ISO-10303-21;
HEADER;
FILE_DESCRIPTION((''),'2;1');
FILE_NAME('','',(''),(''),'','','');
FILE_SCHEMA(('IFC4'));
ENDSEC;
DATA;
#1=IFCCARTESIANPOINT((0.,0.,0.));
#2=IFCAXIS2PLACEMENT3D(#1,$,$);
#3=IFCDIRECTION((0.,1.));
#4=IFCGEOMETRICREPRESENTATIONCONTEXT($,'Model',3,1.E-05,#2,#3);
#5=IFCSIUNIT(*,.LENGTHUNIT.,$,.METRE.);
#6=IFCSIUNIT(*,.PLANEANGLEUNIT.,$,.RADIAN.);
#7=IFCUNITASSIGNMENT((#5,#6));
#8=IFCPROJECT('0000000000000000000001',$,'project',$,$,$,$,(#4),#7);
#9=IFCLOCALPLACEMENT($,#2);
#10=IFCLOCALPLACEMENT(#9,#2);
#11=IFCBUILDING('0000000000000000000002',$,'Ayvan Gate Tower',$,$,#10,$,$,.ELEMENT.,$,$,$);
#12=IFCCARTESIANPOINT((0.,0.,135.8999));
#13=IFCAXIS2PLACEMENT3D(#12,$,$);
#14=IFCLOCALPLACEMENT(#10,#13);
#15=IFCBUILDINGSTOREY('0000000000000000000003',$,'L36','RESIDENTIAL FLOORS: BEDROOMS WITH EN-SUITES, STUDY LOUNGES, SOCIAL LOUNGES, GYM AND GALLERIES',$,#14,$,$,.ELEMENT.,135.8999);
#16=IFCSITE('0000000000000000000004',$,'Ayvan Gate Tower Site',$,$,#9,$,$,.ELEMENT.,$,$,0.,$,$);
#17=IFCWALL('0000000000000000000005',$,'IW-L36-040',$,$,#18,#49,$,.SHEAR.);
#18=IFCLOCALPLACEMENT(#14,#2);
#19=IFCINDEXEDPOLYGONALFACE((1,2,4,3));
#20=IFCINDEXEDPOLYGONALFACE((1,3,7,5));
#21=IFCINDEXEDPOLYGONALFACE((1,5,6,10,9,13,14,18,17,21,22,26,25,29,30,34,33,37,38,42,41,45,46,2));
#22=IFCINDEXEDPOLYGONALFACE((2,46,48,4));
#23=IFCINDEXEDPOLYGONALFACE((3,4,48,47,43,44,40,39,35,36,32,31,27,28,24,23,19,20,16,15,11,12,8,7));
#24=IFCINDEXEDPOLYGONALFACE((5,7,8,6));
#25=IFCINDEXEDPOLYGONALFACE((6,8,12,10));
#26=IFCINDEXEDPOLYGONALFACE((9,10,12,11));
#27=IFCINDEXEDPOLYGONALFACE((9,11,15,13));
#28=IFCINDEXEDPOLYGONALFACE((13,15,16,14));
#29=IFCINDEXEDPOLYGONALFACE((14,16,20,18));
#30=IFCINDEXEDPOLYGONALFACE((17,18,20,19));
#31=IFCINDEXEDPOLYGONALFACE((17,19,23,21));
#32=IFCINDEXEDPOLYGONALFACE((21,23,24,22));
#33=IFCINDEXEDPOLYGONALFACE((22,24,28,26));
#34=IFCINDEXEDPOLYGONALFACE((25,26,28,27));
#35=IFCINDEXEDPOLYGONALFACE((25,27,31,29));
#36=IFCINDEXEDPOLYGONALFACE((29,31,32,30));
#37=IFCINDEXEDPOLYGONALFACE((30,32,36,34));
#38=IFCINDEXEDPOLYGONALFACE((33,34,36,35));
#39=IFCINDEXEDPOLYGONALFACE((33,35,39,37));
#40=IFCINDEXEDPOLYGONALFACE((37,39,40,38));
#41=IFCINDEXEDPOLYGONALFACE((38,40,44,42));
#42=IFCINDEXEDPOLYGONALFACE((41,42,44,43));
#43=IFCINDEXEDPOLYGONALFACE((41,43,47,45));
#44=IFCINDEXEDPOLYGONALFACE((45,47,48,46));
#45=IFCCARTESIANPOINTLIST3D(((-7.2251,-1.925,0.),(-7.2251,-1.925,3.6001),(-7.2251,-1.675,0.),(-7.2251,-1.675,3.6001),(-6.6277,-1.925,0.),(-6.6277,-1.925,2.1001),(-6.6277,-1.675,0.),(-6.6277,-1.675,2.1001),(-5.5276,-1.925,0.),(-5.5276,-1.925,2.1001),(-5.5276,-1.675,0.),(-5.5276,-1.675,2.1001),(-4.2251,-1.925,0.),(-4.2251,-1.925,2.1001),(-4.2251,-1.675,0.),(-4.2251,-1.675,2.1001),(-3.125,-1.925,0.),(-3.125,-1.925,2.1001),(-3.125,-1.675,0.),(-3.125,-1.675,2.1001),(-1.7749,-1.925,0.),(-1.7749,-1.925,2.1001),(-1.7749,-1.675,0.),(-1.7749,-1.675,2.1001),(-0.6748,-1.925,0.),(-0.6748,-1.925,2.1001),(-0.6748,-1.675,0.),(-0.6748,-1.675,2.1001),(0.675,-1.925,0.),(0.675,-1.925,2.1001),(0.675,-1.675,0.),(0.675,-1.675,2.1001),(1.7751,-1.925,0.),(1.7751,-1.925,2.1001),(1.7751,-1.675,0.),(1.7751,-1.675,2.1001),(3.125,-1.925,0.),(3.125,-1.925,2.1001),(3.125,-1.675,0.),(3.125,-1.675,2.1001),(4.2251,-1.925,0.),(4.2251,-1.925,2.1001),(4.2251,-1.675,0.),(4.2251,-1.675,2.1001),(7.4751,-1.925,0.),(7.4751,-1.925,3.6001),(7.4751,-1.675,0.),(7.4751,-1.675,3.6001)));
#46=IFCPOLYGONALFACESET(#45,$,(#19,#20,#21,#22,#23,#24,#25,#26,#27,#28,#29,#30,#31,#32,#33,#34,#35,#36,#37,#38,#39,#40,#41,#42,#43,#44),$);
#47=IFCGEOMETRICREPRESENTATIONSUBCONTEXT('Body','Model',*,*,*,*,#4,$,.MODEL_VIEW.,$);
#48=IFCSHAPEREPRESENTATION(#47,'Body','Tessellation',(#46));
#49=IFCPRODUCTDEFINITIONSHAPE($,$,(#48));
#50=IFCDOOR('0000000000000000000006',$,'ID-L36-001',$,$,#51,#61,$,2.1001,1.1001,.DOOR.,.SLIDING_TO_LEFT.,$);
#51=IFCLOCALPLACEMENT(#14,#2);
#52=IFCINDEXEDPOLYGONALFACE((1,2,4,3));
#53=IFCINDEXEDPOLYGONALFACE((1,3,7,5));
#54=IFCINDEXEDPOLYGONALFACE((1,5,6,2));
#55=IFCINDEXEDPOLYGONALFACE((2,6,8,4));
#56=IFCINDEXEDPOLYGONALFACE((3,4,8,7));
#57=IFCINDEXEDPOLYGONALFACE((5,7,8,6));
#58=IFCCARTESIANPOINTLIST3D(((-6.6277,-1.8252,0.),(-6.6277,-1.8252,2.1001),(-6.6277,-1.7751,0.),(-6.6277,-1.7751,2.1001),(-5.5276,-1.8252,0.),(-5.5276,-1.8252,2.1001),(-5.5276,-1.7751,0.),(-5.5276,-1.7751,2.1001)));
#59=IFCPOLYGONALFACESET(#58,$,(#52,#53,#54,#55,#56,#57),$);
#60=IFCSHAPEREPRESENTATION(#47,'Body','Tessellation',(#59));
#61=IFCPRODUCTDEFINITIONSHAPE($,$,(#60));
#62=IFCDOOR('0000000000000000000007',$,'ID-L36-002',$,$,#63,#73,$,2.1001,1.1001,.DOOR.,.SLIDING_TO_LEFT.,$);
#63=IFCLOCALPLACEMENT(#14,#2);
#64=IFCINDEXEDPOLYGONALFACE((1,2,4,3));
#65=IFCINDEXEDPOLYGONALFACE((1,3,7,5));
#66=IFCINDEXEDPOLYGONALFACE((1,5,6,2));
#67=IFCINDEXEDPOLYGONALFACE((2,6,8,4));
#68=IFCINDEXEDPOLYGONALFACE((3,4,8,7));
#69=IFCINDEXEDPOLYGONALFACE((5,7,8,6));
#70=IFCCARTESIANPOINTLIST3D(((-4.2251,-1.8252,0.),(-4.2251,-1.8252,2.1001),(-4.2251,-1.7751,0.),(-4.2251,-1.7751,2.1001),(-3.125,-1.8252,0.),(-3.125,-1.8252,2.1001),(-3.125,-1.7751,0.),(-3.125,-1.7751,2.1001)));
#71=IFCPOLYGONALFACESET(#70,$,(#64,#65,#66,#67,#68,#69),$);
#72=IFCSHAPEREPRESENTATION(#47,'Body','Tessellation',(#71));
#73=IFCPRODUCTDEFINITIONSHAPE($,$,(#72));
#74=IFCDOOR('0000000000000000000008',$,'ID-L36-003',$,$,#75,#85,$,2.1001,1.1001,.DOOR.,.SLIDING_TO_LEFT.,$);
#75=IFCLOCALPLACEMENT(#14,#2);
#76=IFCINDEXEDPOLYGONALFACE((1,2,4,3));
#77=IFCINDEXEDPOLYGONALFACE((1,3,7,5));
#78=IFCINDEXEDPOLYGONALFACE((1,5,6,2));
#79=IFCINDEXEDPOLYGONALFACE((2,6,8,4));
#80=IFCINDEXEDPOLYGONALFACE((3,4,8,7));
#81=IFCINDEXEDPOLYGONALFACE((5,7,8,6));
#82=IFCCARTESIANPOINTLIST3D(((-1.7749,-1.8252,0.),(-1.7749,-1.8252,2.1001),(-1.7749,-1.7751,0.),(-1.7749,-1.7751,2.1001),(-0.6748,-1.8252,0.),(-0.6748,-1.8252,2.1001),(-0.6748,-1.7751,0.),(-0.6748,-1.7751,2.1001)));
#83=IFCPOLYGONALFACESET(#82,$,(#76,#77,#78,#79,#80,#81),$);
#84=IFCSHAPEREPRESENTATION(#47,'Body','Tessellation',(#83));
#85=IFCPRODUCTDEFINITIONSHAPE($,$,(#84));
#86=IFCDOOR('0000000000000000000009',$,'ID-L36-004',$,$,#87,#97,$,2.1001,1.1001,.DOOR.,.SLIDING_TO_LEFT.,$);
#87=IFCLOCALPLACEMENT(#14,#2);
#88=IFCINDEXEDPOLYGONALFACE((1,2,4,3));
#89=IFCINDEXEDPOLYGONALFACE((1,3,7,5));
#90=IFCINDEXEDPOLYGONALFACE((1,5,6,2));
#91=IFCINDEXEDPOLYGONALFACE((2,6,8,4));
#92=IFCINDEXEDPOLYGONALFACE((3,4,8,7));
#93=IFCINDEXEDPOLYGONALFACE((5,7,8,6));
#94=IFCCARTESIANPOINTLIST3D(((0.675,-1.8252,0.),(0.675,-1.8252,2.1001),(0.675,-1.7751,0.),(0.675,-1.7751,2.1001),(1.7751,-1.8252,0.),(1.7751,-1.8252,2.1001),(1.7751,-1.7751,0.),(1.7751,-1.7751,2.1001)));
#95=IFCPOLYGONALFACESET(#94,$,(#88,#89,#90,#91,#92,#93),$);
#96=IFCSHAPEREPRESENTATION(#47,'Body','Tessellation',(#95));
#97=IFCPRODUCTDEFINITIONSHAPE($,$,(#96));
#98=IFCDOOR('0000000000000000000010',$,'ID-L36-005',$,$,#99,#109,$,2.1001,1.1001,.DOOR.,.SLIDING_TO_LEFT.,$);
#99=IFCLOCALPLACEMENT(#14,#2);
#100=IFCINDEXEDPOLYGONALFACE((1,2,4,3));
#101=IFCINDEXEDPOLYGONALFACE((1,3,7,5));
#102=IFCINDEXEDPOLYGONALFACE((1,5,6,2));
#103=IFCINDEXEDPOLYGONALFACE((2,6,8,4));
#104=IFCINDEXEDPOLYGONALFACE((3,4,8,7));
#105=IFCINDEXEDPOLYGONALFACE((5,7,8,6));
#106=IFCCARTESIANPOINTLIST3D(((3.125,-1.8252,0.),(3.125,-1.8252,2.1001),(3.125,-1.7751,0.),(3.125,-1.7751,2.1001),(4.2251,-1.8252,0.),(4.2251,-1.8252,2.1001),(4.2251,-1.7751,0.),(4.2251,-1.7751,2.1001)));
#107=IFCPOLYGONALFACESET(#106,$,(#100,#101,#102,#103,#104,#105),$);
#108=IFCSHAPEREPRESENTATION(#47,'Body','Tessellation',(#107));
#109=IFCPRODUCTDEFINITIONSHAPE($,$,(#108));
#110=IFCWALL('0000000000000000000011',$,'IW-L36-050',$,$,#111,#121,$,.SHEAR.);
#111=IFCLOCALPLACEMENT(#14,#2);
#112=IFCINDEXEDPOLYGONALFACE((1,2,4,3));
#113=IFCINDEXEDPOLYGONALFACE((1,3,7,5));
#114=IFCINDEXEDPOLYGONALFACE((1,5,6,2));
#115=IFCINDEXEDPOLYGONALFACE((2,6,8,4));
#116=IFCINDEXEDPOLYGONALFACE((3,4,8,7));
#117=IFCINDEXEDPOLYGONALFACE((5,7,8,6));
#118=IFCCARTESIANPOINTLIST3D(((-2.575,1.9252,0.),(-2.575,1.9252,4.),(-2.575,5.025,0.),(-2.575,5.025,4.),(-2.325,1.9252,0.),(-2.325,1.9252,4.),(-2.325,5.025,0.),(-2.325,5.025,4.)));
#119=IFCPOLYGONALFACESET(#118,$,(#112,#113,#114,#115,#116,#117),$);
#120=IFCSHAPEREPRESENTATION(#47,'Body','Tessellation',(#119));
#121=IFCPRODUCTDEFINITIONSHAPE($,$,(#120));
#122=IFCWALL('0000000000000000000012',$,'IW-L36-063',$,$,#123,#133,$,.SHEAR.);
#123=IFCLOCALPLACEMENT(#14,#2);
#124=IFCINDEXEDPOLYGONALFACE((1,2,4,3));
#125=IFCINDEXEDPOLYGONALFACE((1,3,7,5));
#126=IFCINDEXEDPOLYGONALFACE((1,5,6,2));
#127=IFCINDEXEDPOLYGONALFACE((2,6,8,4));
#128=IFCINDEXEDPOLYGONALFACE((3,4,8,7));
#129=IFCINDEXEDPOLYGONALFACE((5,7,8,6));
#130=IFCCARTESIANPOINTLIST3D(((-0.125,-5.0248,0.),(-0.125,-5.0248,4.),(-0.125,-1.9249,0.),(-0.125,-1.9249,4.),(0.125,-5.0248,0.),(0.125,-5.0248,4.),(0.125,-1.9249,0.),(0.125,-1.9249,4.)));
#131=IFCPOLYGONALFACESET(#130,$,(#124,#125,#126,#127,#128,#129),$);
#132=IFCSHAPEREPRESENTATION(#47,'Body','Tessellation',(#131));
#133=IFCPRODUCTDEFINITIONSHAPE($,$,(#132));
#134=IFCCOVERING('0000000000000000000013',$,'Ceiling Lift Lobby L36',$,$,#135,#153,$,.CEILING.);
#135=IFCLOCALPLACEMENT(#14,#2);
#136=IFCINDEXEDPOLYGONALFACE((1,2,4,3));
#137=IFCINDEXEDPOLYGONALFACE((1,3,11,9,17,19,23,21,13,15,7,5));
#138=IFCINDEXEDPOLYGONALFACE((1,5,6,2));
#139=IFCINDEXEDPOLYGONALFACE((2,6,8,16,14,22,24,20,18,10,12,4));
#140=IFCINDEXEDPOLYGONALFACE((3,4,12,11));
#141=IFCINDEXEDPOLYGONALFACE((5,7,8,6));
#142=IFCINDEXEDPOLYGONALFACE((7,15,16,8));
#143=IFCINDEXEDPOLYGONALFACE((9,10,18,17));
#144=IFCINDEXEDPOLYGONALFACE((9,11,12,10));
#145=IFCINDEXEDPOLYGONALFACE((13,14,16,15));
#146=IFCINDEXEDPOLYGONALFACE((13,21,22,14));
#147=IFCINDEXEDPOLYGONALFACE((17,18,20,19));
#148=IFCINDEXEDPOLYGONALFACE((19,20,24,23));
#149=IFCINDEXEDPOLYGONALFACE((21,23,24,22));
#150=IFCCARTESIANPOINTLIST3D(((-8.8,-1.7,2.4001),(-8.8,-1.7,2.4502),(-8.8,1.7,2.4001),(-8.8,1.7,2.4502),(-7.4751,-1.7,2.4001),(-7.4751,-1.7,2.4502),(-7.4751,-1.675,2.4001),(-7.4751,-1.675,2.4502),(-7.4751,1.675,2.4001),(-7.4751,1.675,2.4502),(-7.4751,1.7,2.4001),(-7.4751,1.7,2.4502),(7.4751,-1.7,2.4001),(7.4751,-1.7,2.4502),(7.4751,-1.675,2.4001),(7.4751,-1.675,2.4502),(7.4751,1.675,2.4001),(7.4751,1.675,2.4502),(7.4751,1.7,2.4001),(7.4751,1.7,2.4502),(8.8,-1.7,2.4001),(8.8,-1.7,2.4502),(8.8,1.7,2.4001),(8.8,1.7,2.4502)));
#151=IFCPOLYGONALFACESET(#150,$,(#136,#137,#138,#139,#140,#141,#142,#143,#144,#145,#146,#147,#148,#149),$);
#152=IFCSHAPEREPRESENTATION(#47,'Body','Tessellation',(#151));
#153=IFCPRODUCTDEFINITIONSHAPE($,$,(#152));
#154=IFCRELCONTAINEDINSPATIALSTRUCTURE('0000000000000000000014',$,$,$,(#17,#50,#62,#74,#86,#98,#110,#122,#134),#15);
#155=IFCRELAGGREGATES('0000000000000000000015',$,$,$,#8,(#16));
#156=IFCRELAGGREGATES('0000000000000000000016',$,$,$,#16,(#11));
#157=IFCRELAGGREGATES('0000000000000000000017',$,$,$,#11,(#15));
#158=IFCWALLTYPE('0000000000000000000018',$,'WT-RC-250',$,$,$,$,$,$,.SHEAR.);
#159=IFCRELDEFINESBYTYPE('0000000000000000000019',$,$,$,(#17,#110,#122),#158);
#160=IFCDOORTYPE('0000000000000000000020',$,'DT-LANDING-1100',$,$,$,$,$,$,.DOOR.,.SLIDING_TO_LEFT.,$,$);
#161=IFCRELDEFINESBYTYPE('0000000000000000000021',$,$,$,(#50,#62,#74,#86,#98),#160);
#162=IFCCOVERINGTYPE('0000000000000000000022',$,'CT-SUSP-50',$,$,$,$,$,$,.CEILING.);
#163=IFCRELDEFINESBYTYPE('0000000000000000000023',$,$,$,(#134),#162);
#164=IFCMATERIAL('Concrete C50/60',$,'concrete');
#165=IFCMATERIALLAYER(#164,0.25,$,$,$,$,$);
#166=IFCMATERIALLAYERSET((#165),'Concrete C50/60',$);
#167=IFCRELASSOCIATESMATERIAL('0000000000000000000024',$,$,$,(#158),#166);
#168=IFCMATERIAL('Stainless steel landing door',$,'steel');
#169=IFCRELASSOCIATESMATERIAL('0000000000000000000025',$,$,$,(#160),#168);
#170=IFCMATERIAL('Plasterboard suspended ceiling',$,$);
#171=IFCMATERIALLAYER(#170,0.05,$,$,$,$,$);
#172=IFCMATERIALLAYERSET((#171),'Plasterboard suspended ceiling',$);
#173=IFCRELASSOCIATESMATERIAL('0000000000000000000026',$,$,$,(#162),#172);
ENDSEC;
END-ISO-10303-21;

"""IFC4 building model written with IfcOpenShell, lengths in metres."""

from ifc_helpers import new_model, si_unit, direction, frame, frame_2d, origin, place, context, subcontext, project, spatial, polyline, rectangle, outline, extrude, material, layer, layer_set, type_object, element, fill, save


model = new_model("IFC4")

# Units and contexts
model_context = context("Model", 3, precision=1e-05, world=origin(), true_north=direction((0.0, 1.0)))
body_context = subcontext(model_context, "Body", "Model", "MODEL_VIEW")
ifc_project = project(units=[si_unit("LENGTHUNIT", "METRE"), si_unit("PLANEANGLEUNIT", "RADIAN")], contexts=[model_context])

# Site, building, storey
site_placement = place(None, origin())
site = spatial("IfcSite", under=ifc_project, at=site_placement, Name="Ayvan Gate Tower Site", CompositionType="ELEMENT", RefElevation=0.0)
building_placement = place(site_placement, origin())
building = spatial("IfcBuilding", under=site, at=building_placement, Name="Ayvan Gate Tower", CompositionType="ELEMENT")
storey_placement = place(building_placement, frame((0.0, 0.0, 135.8999)))
storey = spatial("IfcBuildingStorey", under=building, at=storey_placement, Name="L36", Description="RESIDENTIAL FLOORS: BEDROOMS WITH EN-SUITES, STUDY LOUNGES, SOCIAL LOUNGES, GYM AND GALLERIES", CompositionType="ELEMENT", Elevation=135.8999)

# Shared definitions
ifc_material_1 = material(Name="Concrete C50/60", Category="concrete")
ifc_layer_1 = layer(ifc_material_1, 0.25)
ifc_layer_set_1 = layer_set([ifc_layer_1], Name="Concrete C50/60")
wall_type_1 = type_object("IfcWallType", Name="WT-RC-250", PredefinedType="SHEAR", material=ifc_layer_set_1)

# Wall, openings, doors
wall_1_placement = place(storey_placement, frame((-7.2251, -1.8, 0.0), z_axis=(0.0, 0.0, 1.0), x_axis=(1.0, 0.0, 0.0)))
wall_1 = element("IfcWall", 1, at=wall_1_placement, inside=storey, type_object=wall_type_1, Name="IW-L36-040", PredefinedType="SHEAR", context=body_context, shape_type="SweptSolid", body=[
    extrude(rectangle(XDim=14.7002, YDim=0.25, at=frame_2d((7.3501, 0.0))), origin(), (0.0, 0.0, 1.0), 3.6001),
])
opening_1_placement = place(wall_1_placement, frame((0.5974, 0.0, 0.0)))
opening_1 = element("IfcOpeningElement", 2, at=opening_1_placement, cuts=wall_1, PredefinedType="OPENING", context=body_context, shape_type="SweptSolid", body=[
    extrude(rectangle(XDim=1.1001, YDim=2.1001, at=frame_2d((0.55, 1.05))), frame((0.0, 0.135, 0.0), z_axis=(0.0, -1.0, 0.0), x_axis=(1.0, 0.0, 0.0)), (0.0, 0.0, 1.0), 0.27),
])
opening_2_placement = place(wall_1_placement, frame((3.0, 0.0, 0.0)))
opening_2 = element("IfcOpeningElement", 3, at=opening_2_placement, cuts=wall_1, PredefinedType="OPENING", context=body_context, shape_type="SweptSolid", body=[
    extrude(rectangle(XDim=1.1001, YDim=2.1001, at=frame_2d((0.55, 1.05))), frame((0.0, 0.135, 0.0), z_axis=(0.0, -1.0, 0.0), x_axis=(1.0, 0.0, 0.0)), (0.0, 0.0, 1.0), 0.27),
])
opening_3_placement = place(wall_1_placement, frame((5.4502, 0.0, 0.0)))
opening_3 = element("IfcOpeningElement", 4, at=opening_3_placement, cuts=wall_1, PredefinedType="OPENING", context=body_context, shape_type="SweptSolid", body=[
    extrude(rectangle(XDim=1.1001, YDim=2.1001, at=frame_2d((0.55, 1.05))), frame((0.0, 0.135, 0.0), z_axis=(0.0, -1.0, 0.0), x_axis=(1.0, 0.0, 0.0)), (0.0, 0.0, 1.0), 0.27),
])
opening_4_placement = place(wall_1_placement, frame((7.9001, 0.0, 0.0)))
opening_4 = element("IfcOpeningElement", 5, at=opening_4_placement, cuts=wall_1, PredefinedType="OPENING", context=body_context, shape_type="SweptSolid", body=[
    extrude(rectangle(XDim=1.1001, YDim=2.1001, at=frame_2d((0.55, 1.05))), frame((0.0, 0.135, 0.0), z_axis=(0.0, -1.0, 0.0), x_axis=(1.0, 0.0, 0.0)), (0.0, 0.0, 1.0), 0.27),
])
opening_5_placement = place(wall_1_placement, frame((10.3501, 0.0, 0.0)))
opening_5 = element("IfcOpeningElement", 6, at=opening_5_placement, cuts=wall_1, PredefinedType="OPENING", context=body_context, shape_type="SweptSolid", body=[
    extrude(rectangle(XDim=1.1001, YDim=2.1001, at=frame_2d((0.55, 1.05))), frame((0.0, 0.135, 0.0), z_axis=(0.0, -1.0, 0.0), x_axis=(1.0, 0.0, 0.0)), (0.0, 0.0, 1.0), 0.27),
])
ifc_material_2 = material(Name="Stainless steel landing door", Category="steel")
door_type_1 = type_object("IfcDoorType", Name="DT-LANDING-1100", OperationType="SLIDING_TO_LEFT", PredefinedType="DOOR", material=ifc_material_2)
door_1_placement = place(opening_1_placement, origin())
door_1 = element("IfcDoor", 7, at=door_1_placement, inside=storey, type_object=door_type_1, Name="ID-L36-001", OperationType="SLIDING_TO_LEFT", OverallHeight=2.1001, OverallWidth=1.1001, PredefinedType="DOOR", context=body_context, shape_type="SweptSolid", body=[
    extrude(rectangle(XDim=1.1001, YDim=2.1001, at=frame_2d((0.55, 1.05))), frame((0.0, 0.0249, 0.0), z_axis=(0.0, -1.0, 0.0), x_axis=(1.0, 0.0, 0.0)), (0.0, 0.0, 1.0), 0.05),
])
fill(opening_1, door_1)
door_2_placement = place(opening_2_placement, origin())
door_2 = element("IfcDoor", 8, at=door_2_placement, inside=storey, type_object=door_type_1, Name="ID-L36-002", OperationType="SLIDING_TO_LEFT", OverallHeight=2.1001, OverallWidth=1.1001, PredefinedType="DOOR", context=body_context, shape_type="SweptSolid", body=[
    extrude(rectangle(XDim=1.1001, YDim=2.1001, at=frame_2d((0.55, 1.05))), frame((0.0, 0.0249, 0.0), z_axis=(0.0, -1.0, 0.0), x_axis=(1.0, 0.0, 0.0)), (0.0, 0.0, 1.0), 0.05),
])
fill(opening_2, door_2)
door_3_placement = place(opening_3_placement, origin())
door_3 = element("IfcDoor", 9, at=door_3_placement, inside=storey, type_object=door_type_1, Name="ID-L36-003", OperationType="SLIDING_TO_LEFT", OverallHeight=2.1001, OverallWidth=1.1001, PredefinedType="DOOR", context=body_context, shape_type="SweptSolid", body=[
    extrude(rectangle(XDim=1.1001, YDim=2.1001, at=frame_2d((0.55, 1.05))), frame((0.0, 0.0249, 0.0), z_axis=(0.0, -1.0, 0.0), x_axis=(1.0, 0.0, 0.0)), (0.0, 0.0, 1.0), 0.05),
])
fill(opening_3, door_3)
door_4_placement = place(opening_4_placement, origin())
door_4 = element("IfcDoor", 10, at=door_4_placement, inside=storey, type_object=door_type_1, Name="ID-L36-004", OperationType="SLIDING_TO_LEFT", OverallHeight=2.1001, OverallWidth=1.1001, PredefinedType="DOOR", context=body_context, shape_type="SweptSolid", body=[
    extrude(rectangle(XDim=1.1001, YDim=2.1001, at=frame_2d((0.55, 1.05))), frame((0.0, 0.0249, 0.0), z_axis=(0.0, -1.0, 0.0), x_axis=(1.0, 0.0, 0.0)), (0.0, 0.0, 1.0), 0.05),
])
fill(opening_4, door_4)
door_5_placement = place(opening_5_placement, origin())
door_5 = element("IfcDoor", 11, at=door_5_placement, inside=storey, type_object=door_type_1, Name="ID-L36-005", OperationType="SLIDING_TO_LEFT", OverallHeight=2.1001, OverallWidth=1.1001, PredefinedType="DOOR", context=body_context, shape_type="SweptSolid", body=[
    extrude(rectangle(XDim=1.1001, YDim=2.1001, at=frame_2d((0.55, 1.05))), frame((0.0, 0.0249, 0.0), z_axis=(0.0, -1.0, 0.0), x_axis=(1.0, 0.0, 0.0)), (0.0, 0.0, 1.0), 0.05),
])
fill(opening_5, door_5)

# Walls
for number, where, z_axis, x_axis, name in (
    (12, (-2.45, 5.0249, 0.0), (0.0, 0.0, 1.0), (0.0, -1.0, 0.0), "IW-L36-050"),
    (13, (0.0, -1.925, 0.0), (0.0, 0.0, 1.0), (0.0, -1.0, 0.0), "IW-L36-063"),
):
    element("IfcWall", number, at=place(storey_placement, frame(where, z_axis=z_axis, x_axis=x_axis)), inside=storey, type_object=wall_type_1, Name=name, PredefinedType="SHEAR", context=body_context, shape_type="SweptSolid", body=[
        extrude(rectangle(XDim=3.0999, YDim=0.25, at=frame_2d((1.5498, 0.0))), origin(), (0.0, 0.0, 1.0), 4.0),
    ])

# Covering
ifc_material_3 = material(Name="Plasterboard suspended ceiling")
ifc_layer_2 = layer(ifc_material_3, 0.05)
ifc_layer_set_2 = layer_set([ifc_layer_2], Name="Plasterboard suspended ceiling")
covering_type = type_object("IfcCoveringType", Name="CT-SUSP-50", PredefinedType="CEILING", material=ifc_layer_set_2)
covering_1_placement = place(storey_placement, frame((0.0, 0.0, 2.4001)))
element("IfcCovering", 14, at=covering_1_placement, inside=storey, type_object=covering_type, Name="Ceiling Lift Lobby L36", PredefinedType="CEILING", context=body_context, shape_type="SweptSolid", body=[
    extrude(outline(polyline([(7.4751, -1.675), (-7.4751, -1.675), (-7.4751, -1.7), (-8.8, -1.7), (-8.8, 1.7), (-7.4751, 1.7), (-7.4751, 1.675), (7.4751, 1.675), (7.4751, 1.7), (8.8, 1.7), (8.8, -1.7), (7.4751, -1.7), (7.4751, -1.675)])), origin(), (0.0, 0.0, 1.0), 0.05),
])

save(model, "model.ifc")
